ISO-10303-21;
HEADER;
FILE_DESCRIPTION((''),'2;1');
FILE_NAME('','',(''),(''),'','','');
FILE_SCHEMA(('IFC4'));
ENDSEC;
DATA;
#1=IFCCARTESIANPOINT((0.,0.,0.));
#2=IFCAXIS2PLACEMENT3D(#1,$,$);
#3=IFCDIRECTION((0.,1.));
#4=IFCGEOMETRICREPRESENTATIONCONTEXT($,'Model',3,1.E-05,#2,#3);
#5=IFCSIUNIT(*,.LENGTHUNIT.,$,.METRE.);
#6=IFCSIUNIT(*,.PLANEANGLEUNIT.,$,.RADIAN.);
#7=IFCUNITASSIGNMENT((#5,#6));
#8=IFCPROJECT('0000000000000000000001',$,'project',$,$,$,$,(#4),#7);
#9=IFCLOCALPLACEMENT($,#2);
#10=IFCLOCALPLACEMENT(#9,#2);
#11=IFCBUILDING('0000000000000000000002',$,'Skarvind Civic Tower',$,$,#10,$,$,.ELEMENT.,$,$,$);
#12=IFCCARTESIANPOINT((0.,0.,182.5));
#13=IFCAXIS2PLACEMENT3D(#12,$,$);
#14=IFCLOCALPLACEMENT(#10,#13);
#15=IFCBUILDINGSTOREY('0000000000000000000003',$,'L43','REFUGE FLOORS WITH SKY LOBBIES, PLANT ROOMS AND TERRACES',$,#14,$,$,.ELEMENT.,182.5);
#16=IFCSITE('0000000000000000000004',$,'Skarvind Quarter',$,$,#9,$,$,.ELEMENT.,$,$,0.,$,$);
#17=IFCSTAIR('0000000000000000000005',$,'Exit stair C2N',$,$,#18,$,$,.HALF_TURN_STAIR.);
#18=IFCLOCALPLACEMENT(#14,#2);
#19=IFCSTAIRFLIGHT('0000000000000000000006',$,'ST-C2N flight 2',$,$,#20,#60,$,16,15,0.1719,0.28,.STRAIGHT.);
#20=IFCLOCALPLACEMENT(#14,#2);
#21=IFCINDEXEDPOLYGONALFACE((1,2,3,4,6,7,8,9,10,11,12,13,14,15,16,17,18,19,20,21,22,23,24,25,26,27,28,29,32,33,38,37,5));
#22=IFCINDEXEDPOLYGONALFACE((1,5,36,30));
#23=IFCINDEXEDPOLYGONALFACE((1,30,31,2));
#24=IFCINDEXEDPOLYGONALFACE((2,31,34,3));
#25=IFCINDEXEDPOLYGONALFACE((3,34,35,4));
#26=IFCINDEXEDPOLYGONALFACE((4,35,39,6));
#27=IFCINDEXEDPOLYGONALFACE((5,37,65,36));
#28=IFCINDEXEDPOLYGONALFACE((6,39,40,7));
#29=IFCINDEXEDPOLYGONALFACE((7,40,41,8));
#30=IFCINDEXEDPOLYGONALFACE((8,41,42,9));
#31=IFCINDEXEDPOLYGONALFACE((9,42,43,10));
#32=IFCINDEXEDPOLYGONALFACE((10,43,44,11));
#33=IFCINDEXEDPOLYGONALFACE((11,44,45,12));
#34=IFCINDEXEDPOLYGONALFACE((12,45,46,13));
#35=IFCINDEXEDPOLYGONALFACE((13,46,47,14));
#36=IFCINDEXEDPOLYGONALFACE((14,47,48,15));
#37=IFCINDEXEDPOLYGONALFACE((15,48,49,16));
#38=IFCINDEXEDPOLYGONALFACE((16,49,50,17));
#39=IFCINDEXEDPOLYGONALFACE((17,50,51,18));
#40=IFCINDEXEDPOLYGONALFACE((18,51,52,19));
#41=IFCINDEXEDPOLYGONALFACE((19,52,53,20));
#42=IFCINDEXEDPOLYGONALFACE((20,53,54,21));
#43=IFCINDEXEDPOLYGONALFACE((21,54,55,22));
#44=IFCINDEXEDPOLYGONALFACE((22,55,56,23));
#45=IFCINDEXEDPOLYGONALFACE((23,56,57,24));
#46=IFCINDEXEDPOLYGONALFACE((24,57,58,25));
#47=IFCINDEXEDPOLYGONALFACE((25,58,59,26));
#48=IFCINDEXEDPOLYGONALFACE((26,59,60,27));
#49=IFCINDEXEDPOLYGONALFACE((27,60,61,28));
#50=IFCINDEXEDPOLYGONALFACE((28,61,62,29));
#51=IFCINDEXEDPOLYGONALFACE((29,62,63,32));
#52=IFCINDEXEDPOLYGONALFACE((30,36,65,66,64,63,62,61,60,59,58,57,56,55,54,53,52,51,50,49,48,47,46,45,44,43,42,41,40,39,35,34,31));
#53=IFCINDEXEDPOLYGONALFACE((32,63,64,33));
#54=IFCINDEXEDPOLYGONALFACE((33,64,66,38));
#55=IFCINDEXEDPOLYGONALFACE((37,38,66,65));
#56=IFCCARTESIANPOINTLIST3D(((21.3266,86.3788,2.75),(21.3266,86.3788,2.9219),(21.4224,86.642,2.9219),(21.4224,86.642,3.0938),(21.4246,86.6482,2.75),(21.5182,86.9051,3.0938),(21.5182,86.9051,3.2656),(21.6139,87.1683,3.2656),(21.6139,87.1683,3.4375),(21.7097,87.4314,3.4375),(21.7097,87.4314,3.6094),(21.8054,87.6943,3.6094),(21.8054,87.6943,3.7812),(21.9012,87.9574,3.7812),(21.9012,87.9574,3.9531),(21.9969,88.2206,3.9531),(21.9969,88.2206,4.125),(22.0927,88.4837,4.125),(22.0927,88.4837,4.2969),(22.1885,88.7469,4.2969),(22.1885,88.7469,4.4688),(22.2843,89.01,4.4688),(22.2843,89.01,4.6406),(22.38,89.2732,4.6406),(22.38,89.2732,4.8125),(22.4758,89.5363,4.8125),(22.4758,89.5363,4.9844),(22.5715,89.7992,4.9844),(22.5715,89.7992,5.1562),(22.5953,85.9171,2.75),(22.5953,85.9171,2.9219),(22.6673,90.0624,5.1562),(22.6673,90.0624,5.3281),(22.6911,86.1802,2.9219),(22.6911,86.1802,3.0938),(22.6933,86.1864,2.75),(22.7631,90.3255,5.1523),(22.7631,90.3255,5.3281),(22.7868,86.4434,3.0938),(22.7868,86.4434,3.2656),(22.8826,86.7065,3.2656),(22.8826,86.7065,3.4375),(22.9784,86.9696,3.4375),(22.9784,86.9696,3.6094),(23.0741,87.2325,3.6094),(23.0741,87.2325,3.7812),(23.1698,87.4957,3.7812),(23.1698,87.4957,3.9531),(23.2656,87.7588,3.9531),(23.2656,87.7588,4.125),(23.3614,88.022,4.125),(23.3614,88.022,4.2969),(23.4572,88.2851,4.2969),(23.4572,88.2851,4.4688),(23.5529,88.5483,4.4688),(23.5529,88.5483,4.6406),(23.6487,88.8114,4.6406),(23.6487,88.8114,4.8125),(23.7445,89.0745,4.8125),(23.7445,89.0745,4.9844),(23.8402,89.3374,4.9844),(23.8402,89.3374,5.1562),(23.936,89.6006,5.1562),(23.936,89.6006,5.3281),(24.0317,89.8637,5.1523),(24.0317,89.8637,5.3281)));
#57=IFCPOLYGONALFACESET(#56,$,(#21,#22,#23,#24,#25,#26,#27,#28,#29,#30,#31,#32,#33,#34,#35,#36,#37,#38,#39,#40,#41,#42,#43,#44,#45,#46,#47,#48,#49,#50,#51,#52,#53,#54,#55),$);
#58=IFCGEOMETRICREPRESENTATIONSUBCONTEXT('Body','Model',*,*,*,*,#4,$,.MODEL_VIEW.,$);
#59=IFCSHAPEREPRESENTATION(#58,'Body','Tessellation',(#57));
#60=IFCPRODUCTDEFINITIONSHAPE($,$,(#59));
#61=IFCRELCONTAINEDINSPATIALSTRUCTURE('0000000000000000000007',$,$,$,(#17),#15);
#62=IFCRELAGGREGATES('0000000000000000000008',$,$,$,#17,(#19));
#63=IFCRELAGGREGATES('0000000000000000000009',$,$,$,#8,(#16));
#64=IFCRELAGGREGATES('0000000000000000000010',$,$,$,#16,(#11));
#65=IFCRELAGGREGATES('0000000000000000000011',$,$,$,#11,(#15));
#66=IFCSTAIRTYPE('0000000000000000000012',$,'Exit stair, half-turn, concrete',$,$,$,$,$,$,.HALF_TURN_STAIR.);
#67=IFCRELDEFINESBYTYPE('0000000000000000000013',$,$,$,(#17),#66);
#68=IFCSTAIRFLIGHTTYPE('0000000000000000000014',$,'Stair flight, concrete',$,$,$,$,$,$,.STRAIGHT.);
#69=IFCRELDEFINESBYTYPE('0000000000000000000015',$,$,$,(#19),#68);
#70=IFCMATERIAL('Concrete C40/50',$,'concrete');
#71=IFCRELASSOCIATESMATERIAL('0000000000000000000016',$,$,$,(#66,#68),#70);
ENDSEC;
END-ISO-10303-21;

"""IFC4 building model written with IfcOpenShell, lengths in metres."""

from ifc_helpers import new_model, si_unit, direction, frame, origin, place, context, subcontext, project, spatial, polyline, outline, extrude, material, type_object, element, aggregate, save


model = new_model("IFC4")

# Units and contexts
model_context = context("Model", 3, precision=1e-05, world=origin(), true_north=direction((0.0, 1.0)))
body_context = subcontext(model_context, "Body", "Model", "MODEL_VIEW")
ifc_project = project(units=[si_unit("LENGTHUNIT", "METRE"), si_unit("PLANEANGLEUNIT", "RADIAN")], contexts=[model_context])

# Site, building, storey
site_placement = place(None, origin())
site = spatial("IfcSite", under=ifc_project, at=site_placement, Name="Skarvind Quarter", CompositionType="ELEMENT", RefElevation=0.0)
building_placement = place(site_placement, origin())
building = spatial("IfcBuilding", under=site, at=building_placement, Name="Skarvind Civic Tower", CompositionType="ELEMENT")
storey_placement = place(building_placement, frame((0.0, 0.0, 182.5)))
storey = spatial("IfcBuildingStorey", under=building, at=storey_placement, Name="L43", Description="REFUGE FLOORS WITH SKY LOBBIES, PLANT ROOMS AND TERRACES", CompositionType="ELEMENT", Elevation=182.5)

# Stair, stair flight
ifc_material_1 = material(Name="Concrete C40/50", Category="concrete")
stair_type = type_object("IfcStairType", Name="Exit stair, half-turn, concrete", PredefinedType="HALF_TURN_STAIR", material=ifc_material_1)
stair_placement = place(storey_placement, origin())
stair = element("IfcStair", 1, at=stair_placement, inside=storey, type_object=stair_type, Name="Exit stair C2N", PredefinedType="HALF_TURN_STAIR")
stair_flight_type = type_object("IfcStairFlightType", Name="Stair flight, concrete", PredefinedType="STRAIGHT", material=ifc_material_1)
stair_flight_1_placement = place(storey_placement, frame((21.9609, 86.1479, 2.75), z_axis=(0.0, 0.0, 1.0), x_axis=(0.34202, 0.939693, 0.0)))
stair_flight_1 = element("IfcStairFlight", 2, at=stair_flight_1_placement, type_object=stair_flight_type, Name="ST-C2N flight 2", NumberOfRisers=16, NumberOfTreads=15, PredefinedType="STRAIGHT", RiserHeight=0.1719, TreadLength=0.28, context=body_context, shape_type="SweptSolid", body=[
    extrude(outline(polyline([(0.0, 0.0), (0.0, 0.1719), (0.28, 0.1719), (0.28, 0.3438), (0.5601, 0.3438), (0.5601, 0.5156), (0.8401, 0.5156), (0.8401, 0.6875), (1.1201, 0.6875), (1.1201, 0.8594), (1.3999, 0.8594), (1.3999, 1.0312), (1.6799, 1.0312), (1.6799, 1.2031), (1.96, 1.2031), (1.96, 1.375), (2.24, 1.375), (2.24, 1.5469), (2.52, 1.5469), (2.52, 1.7188), (2.8, 1.7188), (2.8, 1.8906), (3.0801, 1.8906), (3.0801, 2.0625), (3.3601, 2.0625), (3.3601, 2.2344), (3.6399, 2.2344), (3.6399, 2.4062), (3.9199, 2.4062), (3.9199, 2.5781), (4.2, 2.5781), (4.2, 2.75), (4.2, 2.4023), (0.2866, 0.0), (0.0, 0.0)])), frame((0.0, 0.675, 0.0), z_axis=(0.0, -1.0, 0.0), x_axis=(1.0, 0.0, 0.0)), (0.0, 0.0, 1.0), 1.3501),
])
aggregate(stair, [stair_flight_1])

save(model, "model.ifc")
